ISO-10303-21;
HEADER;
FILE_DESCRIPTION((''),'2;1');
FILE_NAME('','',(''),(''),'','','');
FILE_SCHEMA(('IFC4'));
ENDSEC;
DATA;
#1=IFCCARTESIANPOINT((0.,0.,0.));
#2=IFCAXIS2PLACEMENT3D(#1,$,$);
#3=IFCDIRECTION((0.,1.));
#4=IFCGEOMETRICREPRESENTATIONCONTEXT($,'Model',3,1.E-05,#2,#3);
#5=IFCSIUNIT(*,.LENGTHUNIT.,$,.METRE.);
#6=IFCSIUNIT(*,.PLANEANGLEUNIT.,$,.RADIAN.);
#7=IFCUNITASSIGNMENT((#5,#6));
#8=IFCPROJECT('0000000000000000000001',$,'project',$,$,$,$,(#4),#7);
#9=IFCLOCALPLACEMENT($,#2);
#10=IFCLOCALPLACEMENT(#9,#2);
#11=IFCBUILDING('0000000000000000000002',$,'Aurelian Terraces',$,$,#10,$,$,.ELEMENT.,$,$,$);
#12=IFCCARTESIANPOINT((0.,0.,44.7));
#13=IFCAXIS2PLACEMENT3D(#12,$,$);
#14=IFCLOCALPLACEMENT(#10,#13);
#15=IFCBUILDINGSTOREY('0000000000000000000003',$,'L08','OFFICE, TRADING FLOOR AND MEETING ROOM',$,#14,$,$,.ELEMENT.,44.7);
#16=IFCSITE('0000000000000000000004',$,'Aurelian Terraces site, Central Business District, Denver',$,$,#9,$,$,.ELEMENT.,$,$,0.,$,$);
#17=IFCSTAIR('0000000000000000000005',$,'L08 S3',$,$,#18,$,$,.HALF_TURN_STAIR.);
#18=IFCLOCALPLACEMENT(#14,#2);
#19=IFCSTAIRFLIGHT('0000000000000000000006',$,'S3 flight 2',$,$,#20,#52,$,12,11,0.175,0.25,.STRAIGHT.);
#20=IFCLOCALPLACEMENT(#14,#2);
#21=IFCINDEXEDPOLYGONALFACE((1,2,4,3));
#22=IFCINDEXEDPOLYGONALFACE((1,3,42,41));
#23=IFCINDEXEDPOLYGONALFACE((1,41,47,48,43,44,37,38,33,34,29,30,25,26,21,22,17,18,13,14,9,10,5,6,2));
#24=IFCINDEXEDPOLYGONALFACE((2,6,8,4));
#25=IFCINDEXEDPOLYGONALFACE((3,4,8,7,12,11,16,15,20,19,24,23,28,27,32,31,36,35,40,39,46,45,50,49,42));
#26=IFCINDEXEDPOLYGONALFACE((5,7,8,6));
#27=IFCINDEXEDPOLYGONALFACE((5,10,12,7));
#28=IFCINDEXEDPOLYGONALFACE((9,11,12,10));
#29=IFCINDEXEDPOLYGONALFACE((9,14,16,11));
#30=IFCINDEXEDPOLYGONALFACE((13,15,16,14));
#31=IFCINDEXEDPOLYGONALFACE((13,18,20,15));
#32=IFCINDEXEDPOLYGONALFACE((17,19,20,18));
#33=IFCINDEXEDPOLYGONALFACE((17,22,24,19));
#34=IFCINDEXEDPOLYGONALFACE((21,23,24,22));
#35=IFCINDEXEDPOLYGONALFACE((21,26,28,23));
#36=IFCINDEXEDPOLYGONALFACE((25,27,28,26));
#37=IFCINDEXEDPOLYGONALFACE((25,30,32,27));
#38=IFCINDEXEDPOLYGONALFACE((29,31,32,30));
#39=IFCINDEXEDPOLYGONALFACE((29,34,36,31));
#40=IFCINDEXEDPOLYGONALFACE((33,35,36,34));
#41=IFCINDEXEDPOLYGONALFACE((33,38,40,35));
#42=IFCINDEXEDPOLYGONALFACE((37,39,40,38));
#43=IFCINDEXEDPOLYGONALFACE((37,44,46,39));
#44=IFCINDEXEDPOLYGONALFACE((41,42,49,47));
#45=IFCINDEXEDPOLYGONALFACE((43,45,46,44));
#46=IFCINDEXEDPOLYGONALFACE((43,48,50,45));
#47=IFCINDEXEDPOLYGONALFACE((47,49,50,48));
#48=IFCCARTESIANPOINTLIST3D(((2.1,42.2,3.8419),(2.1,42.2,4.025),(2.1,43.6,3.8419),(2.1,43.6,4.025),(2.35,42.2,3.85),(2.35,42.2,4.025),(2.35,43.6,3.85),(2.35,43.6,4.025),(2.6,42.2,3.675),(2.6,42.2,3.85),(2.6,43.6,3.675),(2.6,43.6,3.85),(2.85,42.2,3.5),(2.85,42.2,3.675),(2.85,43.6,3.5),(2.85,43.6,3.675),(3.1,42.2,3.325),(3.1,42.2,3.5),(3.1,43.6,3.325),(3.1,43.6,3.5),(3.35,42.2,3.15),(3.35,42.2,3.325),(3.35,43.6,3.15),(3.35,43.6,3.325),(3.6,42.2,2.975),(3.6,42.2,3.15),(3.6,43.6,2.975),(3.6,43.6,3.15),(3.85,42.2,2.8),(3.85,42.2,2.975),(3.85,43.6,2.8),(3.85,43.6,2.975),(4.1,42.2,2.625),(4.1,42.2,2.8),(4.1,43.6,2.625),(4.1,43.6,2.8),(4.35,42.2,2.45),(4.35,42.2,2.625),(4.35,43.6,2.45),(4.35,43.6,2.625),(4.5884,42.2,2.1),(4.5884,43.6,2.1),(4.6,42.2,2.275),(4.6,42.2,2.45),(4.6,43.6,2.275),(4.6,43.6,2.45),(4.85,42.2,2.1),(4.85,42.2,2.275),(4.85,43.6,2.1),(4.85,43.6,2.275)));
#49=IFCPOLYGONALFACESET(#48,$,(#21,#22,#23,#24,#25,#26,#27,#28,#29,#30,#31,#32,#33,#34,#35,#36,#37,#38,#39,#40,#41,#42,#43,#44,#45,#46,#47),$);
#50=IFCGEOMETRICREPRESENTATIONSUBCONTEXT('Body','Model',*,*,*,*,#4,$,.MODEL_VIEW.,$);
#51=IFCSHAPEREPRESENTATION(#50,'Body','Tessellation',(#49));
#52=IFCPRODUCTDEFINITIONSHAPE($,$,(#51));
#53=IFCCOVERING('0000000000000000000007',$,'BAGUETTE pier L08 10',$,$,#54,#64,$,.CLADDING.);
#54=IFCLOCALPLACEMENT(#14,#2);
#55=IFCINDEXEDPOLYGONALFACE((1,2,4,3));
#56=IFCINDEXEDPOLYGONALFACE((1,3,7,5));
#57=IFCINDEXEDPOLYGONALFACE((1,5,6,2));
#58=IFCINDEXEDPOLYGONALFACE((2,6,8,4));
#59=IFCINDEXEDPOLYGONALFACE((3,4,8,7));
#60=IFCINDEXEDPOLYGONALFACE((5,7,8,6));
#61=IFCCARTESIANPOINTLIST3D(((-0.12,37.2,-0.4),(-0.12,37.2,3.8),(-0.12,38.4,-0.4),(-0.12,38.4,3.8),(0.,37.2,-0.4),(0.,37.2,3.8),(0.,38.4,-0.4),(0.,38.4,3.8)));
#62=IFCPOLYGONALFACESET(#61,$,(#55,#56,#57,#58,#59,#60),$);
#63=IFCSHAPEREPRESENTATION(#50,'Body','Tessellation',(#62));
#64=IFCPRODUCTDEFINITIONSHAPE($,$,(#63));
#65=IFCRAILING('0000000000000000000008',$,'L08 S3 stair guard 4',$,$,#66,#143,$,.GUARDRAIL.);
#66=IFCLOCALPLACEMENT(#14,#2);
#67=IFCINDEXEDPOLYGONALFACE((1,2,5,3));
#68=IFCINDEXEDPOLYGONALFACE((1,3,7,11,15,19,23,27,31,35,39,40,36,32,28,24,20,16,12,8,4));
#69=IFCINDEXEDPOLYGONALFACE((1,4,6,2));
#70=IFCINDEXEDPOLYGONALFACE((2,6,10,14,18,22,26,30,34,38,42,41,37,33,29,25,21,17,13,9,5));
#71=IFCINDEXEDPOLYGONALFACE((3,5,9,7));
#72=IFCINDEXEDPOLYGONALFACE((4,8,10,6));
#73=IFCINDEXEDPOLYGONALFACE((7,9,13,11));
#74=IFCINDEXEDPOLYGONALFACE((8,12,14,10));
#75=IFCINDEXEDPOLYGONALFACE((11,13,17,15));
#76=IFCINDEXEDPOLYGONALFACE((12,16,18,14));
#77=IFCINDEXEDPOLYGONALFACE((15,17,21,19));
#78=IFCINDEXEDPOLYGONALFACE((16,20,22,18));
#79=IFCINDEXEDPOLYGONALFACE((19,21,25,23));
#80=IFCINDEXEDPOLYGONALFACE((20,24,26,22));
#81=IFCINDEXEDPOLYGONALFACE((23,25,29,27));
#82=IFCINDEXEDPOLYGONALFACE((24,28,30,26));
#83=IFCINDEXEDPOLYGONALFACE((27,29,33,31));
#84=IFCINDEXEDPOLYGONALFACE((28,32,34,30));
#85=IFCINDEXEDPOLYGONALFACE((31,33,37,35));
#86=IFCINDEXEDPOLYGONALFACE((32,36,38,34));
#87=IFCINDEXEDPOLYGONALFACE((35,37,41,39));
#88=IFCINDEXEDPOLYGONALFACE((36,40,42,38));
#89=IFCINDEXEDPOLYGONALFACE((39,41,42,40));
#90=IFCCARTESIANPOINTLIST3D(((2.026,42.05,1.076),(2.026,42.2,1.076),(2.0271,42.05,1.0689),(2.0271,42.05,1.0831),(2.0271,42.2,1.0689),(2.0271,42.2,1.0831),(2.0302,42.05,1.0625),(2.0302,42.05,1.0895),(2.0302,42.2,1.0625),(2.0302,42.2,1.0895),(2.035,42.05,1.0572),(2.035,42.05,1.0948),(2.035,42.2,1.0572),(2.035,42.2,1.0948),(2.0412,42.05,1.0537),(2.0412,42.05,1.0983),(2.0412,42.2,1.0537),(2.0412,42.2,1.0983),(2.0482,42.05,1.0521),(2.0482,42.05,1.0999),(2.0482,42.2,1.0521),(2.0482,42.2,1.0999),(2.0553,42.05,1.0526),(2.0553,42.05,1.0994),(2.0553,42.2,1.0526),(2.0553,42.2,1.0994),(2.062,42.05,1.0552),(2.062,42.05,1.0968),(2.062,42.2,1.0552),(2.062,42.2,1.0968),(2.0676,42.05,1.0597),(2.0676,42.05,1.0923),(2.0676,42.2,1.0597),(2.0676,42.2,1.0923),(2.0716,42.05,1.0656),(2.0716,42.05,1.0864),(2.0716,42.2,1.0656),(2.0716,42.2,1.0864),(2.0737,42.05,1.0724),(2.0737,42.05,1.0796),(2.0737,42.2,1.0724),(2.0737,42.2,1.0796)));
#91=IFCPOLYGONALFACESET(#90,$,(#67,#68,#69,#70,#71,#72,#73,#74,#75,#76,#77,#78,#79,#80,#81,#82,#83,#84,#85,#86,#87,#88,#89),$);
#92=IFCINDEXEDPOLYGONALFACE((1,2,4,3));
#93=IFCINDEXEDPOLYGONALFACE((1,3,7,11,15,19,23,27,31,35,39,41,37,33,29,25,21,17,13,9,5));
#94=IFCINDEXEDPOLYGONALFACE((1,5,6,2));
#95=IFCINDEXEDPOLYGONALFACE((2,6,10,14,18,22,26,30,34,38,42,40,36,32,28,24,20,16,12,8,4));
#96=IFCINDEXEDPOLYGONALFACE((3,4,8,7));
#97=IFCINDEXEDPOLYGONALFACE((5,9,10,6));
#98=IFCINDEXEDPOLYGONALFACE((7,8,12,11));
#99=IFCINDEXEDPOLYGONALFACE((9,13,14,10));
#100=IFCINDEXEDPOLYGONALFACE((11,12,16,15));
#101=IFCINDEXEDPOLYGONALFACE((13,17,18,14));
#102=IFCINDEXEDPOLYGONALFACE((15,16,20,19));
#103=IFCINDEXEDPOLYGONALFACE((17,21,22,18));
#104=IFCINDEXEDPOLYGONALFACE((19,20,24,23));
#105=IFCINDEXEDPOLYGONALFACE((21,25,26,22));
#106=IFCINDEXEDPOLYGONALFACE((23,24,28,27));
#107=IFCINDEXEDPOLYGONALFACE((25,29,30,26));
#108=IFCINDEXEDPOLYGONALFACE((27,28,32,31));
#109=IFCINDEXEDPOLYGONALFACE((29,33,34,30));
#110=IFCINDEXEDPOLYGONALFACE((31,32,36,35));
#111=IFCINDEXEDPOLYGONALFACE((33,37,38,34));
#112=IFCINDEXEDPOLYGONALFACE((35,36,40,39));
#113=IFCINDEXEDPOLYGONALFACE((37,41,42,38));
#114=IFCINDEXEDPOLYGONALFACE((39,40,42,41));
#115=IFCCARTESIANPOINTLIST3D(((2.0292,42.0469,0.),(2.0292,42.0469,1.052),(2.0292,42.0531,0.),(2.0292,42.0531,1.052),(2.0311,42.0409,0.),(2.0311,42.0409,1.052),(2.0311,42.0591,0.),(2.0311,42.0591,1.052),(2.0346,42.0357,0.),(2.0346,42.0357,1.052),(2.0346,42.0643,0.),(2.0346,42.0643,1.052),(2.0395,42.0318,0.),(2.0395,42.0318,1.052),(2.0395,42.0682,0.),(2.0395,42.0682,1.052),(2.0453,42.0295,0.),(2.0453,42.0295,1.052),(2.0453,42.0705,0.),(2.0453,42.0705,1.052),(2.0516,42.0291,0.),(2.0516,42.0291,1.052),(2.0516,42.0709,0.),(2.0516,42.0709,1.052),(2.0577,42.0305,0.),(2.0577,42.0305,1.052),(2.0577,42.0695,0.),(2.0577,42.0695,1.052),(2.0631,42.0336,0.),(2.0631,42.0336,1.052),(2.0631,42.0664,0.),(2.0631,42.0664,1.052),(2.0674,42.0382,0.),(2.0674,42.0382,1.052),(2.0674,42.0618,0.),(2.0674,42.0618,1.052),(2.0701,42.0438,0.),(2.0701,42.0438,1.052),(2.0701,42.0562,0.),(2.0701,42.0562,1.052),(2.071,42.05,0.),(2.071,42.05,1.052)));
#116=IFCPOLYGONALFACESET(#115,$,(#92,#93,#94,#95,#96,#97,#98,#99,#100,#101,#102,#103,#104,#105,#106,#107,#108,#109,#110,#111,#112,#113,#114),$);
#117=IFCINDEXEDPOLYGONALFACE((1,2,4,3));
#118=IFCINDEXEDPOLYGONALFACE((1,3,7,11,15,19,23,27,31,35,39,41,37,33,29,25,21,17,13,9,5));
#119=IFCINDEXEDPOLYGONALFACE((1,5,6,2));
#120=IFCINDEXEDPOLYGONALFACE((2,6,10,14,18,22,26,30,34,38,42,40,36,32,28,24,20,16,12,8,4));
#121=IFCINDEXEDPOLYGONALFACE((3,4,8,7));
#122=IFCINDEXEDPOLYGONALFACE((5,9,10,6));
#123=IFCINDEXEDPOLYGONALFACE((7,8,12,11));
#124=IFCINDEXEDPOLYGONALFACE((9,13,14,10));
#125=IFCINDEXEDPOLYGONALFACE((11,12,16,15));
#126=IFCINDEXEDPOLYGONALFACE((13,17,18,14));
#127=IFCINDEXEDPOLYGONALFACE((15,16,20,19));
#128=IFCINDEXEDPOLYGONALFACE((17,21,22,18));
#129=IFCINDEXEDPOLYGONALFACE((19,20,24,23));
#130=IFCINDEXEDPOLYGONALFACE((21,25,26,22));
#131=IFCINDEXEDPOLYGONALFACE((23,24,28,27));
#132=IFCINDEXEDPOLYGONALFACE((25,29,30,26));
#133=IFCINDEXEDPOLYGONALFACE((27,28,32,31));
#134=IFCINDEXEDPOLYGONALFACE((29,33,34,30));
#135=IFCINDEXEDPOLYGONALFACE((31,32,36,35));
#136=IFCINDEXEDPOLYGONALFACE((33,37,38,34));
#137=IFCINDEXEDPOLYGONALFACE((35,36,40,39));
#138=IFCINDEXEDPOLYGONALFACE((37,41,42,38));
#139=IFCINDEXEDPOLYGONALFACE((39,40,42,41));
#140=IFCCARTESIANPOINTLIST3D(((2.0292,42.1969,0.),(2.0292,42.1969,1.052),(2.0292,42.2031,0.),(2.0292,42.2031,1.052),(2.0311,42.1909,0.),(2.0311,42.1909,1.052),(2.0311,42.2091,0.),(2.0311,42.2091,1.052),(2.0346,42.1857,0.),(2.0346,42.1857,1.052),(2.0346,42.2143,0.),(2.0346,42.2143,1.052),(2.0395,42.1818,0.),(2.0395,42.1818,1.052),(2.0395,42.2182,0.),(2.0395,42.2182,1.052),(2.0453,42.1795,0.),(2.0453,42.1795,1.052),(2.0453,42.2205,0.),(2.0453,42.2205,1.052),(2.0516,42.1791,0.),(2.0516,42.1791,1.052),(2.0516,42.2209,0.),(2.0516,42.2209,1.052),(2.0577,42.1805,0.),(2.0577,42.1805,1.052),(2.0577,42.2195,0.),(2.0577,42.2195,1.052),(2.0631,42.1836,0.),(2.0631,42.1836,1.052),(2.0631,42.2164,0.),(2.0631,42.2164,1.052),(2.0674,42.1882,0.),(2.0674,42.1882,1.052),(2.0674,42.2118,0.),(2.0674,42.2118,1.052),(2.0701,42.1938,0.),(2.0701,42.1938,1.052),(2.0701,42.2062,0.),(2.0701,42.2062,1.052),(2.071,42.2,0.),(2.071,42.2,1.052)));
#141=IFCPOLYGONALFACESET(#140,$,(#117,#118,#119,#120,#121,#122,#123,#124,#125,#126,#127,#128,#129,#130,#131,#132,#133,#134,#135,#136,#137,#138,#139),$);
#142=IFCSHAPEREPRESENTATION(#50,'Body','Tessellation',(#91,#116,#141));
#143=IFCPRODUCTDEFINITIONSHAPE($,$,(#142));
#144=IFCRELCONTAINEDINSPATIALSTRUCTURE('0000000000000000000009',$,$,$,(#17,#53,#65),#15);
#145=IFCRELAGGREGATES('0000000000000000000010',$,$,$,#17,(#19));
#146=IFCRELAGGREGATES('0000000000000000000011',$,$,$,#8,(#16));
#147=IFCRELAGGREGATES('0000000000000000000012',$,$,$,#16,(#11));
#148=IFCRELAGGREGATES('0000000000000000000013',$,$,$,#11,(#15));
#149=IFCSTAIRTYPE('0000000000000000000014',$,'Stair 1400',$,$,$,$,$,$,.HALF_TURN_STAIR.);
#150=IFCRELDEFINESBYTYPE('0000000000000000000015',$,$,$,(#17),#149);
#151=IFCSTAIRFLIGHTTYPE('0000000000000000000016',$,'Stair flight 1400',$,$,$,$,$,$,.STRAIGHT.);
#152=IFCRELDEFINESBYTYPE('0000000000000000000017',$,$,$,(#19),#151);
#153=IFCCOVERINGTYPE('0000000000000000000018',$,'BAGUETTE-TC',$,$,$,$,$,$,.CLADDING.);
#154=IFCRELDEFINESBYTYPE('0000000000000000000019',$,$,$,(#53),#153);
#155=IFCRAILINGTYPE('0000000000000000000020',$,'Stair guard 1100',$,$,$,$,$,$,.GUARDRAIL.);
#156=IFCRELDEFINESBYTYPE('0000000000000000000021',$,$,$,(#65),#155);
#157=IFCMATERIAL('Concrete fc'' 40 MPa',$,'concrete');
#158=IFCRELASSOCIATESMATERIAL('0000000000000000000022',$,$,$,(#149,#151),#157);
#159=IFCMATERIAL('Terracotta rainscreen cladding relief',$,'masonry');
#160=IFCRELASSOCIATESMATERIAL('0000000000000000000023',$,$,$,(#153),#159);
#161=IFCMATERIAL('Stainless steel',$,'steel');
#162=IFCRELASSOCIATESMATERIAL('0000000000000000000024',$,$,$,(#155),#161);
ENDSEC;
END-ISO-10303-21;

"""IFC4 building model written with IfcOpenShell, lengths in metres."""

from ifc_helpers import new_model, si_unit, direction, frame, origin, origin_2d, place, context, subcontext, project, spatial, polyline, rectangle, circle, outline, extrude, source, transform, mapped, material, type_object, element, aggregate, save


model = new_model("IFC4")

# Units and contexts
model_context = context("Model", 3, precision=1e-05, world=origin(), true_north=direction((0.0, 1.0)))
body_context = subcontext(model_context, "Body", "Model", "MODEL_VIEW")
ifc_project = project(units=[si_unit("LENGTHUNIT", "METRE"), si_unit("PLANEANGLEUNIT", "RADIAN")], contexts=[model_context])

# Site, building, storey
site_placement = place(None, origin())
site = spatial("IfcSite", under=ifc_project, at=site_placement, Name="Aurelian Terraces site, Central Business District, Denver", CompositionType="ELEMENT", RefElevation=0.0)
building_placement = place(site_placement, origin())
building = spatial("IfcBuilding", under=site, at=building_placement, Name="Aurelian Terraces", CompositionType="ELEMENT")
storey_placement = place(building_placement, frame((0.0, 0.0, 44.7)))
storey = spatial("IfcBuildingStorey", under=building, at=storey_placement, Name="L08", Description="OFFICE, TRADING FLOOR AND MEETING ROOM", CompositionType="ELEMENT", Elevation=44.7)

# Shared definitions
ifc_material_1 = material(Name="Concrete fc' 40 MPa", Category="concrete")

# Stair, stair flight
stair_type = type_object("IfcStairType", Name="Stair 1400", PredefinedType="HALF_TURN_STAIR", material=ifc_material_1)
stair_placement = place(storey_placement, origin())
stair = element("IfcStair", 1, at=stair_placement, inside=storey, type_object=stair_type, Name="L08 S3", PredefinedType="HALF_TURN_STAIR")
stair_flight_type = type_object("IfcStairFlightType", Name="Stair flight 1400", PredefinedType="STRAIGHT", material=ifc_material_1)
shared_shape_1 = source(origin(), body_context, "Body", "SweptSolid", [
    extrude(outline(polyline([(0.0, 0.0), (0.0, 0.175), (0.25, 0.175), (0.25, 0.35), (0.5, 0.35), (0.5, 0.525), (0.75, 0.525), (0.75, 0.7), (1.0, 0.7), (1.0, 0.875), (1.25, 0.875), (1.25, 1.05), (1.5, 1.05), (1.5, 1.225), (1.75, 1.225), (1.75, 1.4), (2.0, 1.4), (2.0, 1.575), (2.25, 1.575), (2.25, 1.75), (2.5, 1.75), (2.5, 1.925), (2.75, 1.925), (2.75, 2.1), (2.75, 1.7419), (0.2616, 0.0), (0.0, 0.0)])), frame((0.0, 0.7, 0.0), z_axis=(0.0, -1.0, 0.0), x_axis=(1.0, 0.0, 0.0)), (0.0, 0.0, 1.0), 1.4),
])
stair_flight_1_placement = place(storey_placement, frame((4.85, 42.9, 2.1), z_axis=(0.0, 0.0, 1.0), x_axis=(-1.0, 0.0, 0.0)))
stair_flight_1 = element("IfcStairFlight", 2, at=stair_flight_1_placement, type_object=stair_flight_type, Name="S3 flight 2", NumberOfRisers=12, NumberOfTreads=11, PredefinedType="STRAIGHT", RiserHeight=0.175, TreadLength=0.25, context=body_context, shape_type="MappedRepresentation", body=[
    mapped(shared_shape_1, transform((0.0, 0.0, 0.0), scale=1.0)),
])
aggregate(stair, [stair_flight_1])

# Covering
ifc_material_2 = material(Name="Terracotta rainscreen cladding relief", Category="masonry")
covering_type = type_object("IfcCoveringType", Name="BAGUETTE-TC", PredefinedType="CLADDING", material=ifc_material_2)
shared_shape_2 = source(origin(), body_context, "Body", "SweptSolid", [
    extrude(rectangle(XDim=0.12, YDim=1.2, at=origin_2d()), origin(), (0.0, 0.0, 1.0), 4.2),
])
covering_placement = place(storey_placement, frame((-0.06, 37.8, -0.4), z_axis=(0.0, 0.0, 1.0), x_axis=(1.0, 0.0, 0.0)))
element("IfcCovering", 3, at=covering_placement, inside=storey, type_object=covering_type, Name="BAGUETTE pier L08 10", PredefinedType="CLADDING", context=body_context, shape_type="MappedRepresentation", body=[
    mapped(shared_shape_2, transform((0.0, 0.0, 0.0), scale=1.0)),
])

# Railing
ifc_material_3 = material(Name="Stainless steel", Category="steel")
railing_type_1 = type_object("IfcRailingType", Name="Stair guard 1100", PredefinedType="GUARDRAIL", material=ifc_material_3)
shared_shape_3 = source(origin(), body_context, "Body", "SweptSolid", [
    extrude(circle(Radius=0.024, at=origin_2d()), frame((0.0, 0.0, 1.076), z_axis=(0.0, 1.0, 0.0), x_axis=(-1.0, 0.0, 0.0)), (0.0, 0.0, 1.0), 0.15),
    extrude(circle(Radius=0.021, at=origin_2d()), origin(), (0.0, 0.0, 1.0), 1.052),
    extrude(circle(Radius=0.021, at=origin_2d()), frame((0.0, 0.15, 0.0)), (0.0, 0.0, 1.0), 1.052),
])
railing_1_placement = place(storey_placement, frame((2.05, 42.05, 0.0)))
element("IfcRailing", 4, at=railing_1_placement, inside=storey, type_object=railing_type_1, Name="L08 S3 stair guard 4", PredefinedType="GUARDRAIL", context=body_context, shape_type="MappedRepresentation", body=[
    mapped(shared_shape_3, transform((0.0, 0.0, 0.0), scale=1.0)),
])

save(model, "model.ifc")
